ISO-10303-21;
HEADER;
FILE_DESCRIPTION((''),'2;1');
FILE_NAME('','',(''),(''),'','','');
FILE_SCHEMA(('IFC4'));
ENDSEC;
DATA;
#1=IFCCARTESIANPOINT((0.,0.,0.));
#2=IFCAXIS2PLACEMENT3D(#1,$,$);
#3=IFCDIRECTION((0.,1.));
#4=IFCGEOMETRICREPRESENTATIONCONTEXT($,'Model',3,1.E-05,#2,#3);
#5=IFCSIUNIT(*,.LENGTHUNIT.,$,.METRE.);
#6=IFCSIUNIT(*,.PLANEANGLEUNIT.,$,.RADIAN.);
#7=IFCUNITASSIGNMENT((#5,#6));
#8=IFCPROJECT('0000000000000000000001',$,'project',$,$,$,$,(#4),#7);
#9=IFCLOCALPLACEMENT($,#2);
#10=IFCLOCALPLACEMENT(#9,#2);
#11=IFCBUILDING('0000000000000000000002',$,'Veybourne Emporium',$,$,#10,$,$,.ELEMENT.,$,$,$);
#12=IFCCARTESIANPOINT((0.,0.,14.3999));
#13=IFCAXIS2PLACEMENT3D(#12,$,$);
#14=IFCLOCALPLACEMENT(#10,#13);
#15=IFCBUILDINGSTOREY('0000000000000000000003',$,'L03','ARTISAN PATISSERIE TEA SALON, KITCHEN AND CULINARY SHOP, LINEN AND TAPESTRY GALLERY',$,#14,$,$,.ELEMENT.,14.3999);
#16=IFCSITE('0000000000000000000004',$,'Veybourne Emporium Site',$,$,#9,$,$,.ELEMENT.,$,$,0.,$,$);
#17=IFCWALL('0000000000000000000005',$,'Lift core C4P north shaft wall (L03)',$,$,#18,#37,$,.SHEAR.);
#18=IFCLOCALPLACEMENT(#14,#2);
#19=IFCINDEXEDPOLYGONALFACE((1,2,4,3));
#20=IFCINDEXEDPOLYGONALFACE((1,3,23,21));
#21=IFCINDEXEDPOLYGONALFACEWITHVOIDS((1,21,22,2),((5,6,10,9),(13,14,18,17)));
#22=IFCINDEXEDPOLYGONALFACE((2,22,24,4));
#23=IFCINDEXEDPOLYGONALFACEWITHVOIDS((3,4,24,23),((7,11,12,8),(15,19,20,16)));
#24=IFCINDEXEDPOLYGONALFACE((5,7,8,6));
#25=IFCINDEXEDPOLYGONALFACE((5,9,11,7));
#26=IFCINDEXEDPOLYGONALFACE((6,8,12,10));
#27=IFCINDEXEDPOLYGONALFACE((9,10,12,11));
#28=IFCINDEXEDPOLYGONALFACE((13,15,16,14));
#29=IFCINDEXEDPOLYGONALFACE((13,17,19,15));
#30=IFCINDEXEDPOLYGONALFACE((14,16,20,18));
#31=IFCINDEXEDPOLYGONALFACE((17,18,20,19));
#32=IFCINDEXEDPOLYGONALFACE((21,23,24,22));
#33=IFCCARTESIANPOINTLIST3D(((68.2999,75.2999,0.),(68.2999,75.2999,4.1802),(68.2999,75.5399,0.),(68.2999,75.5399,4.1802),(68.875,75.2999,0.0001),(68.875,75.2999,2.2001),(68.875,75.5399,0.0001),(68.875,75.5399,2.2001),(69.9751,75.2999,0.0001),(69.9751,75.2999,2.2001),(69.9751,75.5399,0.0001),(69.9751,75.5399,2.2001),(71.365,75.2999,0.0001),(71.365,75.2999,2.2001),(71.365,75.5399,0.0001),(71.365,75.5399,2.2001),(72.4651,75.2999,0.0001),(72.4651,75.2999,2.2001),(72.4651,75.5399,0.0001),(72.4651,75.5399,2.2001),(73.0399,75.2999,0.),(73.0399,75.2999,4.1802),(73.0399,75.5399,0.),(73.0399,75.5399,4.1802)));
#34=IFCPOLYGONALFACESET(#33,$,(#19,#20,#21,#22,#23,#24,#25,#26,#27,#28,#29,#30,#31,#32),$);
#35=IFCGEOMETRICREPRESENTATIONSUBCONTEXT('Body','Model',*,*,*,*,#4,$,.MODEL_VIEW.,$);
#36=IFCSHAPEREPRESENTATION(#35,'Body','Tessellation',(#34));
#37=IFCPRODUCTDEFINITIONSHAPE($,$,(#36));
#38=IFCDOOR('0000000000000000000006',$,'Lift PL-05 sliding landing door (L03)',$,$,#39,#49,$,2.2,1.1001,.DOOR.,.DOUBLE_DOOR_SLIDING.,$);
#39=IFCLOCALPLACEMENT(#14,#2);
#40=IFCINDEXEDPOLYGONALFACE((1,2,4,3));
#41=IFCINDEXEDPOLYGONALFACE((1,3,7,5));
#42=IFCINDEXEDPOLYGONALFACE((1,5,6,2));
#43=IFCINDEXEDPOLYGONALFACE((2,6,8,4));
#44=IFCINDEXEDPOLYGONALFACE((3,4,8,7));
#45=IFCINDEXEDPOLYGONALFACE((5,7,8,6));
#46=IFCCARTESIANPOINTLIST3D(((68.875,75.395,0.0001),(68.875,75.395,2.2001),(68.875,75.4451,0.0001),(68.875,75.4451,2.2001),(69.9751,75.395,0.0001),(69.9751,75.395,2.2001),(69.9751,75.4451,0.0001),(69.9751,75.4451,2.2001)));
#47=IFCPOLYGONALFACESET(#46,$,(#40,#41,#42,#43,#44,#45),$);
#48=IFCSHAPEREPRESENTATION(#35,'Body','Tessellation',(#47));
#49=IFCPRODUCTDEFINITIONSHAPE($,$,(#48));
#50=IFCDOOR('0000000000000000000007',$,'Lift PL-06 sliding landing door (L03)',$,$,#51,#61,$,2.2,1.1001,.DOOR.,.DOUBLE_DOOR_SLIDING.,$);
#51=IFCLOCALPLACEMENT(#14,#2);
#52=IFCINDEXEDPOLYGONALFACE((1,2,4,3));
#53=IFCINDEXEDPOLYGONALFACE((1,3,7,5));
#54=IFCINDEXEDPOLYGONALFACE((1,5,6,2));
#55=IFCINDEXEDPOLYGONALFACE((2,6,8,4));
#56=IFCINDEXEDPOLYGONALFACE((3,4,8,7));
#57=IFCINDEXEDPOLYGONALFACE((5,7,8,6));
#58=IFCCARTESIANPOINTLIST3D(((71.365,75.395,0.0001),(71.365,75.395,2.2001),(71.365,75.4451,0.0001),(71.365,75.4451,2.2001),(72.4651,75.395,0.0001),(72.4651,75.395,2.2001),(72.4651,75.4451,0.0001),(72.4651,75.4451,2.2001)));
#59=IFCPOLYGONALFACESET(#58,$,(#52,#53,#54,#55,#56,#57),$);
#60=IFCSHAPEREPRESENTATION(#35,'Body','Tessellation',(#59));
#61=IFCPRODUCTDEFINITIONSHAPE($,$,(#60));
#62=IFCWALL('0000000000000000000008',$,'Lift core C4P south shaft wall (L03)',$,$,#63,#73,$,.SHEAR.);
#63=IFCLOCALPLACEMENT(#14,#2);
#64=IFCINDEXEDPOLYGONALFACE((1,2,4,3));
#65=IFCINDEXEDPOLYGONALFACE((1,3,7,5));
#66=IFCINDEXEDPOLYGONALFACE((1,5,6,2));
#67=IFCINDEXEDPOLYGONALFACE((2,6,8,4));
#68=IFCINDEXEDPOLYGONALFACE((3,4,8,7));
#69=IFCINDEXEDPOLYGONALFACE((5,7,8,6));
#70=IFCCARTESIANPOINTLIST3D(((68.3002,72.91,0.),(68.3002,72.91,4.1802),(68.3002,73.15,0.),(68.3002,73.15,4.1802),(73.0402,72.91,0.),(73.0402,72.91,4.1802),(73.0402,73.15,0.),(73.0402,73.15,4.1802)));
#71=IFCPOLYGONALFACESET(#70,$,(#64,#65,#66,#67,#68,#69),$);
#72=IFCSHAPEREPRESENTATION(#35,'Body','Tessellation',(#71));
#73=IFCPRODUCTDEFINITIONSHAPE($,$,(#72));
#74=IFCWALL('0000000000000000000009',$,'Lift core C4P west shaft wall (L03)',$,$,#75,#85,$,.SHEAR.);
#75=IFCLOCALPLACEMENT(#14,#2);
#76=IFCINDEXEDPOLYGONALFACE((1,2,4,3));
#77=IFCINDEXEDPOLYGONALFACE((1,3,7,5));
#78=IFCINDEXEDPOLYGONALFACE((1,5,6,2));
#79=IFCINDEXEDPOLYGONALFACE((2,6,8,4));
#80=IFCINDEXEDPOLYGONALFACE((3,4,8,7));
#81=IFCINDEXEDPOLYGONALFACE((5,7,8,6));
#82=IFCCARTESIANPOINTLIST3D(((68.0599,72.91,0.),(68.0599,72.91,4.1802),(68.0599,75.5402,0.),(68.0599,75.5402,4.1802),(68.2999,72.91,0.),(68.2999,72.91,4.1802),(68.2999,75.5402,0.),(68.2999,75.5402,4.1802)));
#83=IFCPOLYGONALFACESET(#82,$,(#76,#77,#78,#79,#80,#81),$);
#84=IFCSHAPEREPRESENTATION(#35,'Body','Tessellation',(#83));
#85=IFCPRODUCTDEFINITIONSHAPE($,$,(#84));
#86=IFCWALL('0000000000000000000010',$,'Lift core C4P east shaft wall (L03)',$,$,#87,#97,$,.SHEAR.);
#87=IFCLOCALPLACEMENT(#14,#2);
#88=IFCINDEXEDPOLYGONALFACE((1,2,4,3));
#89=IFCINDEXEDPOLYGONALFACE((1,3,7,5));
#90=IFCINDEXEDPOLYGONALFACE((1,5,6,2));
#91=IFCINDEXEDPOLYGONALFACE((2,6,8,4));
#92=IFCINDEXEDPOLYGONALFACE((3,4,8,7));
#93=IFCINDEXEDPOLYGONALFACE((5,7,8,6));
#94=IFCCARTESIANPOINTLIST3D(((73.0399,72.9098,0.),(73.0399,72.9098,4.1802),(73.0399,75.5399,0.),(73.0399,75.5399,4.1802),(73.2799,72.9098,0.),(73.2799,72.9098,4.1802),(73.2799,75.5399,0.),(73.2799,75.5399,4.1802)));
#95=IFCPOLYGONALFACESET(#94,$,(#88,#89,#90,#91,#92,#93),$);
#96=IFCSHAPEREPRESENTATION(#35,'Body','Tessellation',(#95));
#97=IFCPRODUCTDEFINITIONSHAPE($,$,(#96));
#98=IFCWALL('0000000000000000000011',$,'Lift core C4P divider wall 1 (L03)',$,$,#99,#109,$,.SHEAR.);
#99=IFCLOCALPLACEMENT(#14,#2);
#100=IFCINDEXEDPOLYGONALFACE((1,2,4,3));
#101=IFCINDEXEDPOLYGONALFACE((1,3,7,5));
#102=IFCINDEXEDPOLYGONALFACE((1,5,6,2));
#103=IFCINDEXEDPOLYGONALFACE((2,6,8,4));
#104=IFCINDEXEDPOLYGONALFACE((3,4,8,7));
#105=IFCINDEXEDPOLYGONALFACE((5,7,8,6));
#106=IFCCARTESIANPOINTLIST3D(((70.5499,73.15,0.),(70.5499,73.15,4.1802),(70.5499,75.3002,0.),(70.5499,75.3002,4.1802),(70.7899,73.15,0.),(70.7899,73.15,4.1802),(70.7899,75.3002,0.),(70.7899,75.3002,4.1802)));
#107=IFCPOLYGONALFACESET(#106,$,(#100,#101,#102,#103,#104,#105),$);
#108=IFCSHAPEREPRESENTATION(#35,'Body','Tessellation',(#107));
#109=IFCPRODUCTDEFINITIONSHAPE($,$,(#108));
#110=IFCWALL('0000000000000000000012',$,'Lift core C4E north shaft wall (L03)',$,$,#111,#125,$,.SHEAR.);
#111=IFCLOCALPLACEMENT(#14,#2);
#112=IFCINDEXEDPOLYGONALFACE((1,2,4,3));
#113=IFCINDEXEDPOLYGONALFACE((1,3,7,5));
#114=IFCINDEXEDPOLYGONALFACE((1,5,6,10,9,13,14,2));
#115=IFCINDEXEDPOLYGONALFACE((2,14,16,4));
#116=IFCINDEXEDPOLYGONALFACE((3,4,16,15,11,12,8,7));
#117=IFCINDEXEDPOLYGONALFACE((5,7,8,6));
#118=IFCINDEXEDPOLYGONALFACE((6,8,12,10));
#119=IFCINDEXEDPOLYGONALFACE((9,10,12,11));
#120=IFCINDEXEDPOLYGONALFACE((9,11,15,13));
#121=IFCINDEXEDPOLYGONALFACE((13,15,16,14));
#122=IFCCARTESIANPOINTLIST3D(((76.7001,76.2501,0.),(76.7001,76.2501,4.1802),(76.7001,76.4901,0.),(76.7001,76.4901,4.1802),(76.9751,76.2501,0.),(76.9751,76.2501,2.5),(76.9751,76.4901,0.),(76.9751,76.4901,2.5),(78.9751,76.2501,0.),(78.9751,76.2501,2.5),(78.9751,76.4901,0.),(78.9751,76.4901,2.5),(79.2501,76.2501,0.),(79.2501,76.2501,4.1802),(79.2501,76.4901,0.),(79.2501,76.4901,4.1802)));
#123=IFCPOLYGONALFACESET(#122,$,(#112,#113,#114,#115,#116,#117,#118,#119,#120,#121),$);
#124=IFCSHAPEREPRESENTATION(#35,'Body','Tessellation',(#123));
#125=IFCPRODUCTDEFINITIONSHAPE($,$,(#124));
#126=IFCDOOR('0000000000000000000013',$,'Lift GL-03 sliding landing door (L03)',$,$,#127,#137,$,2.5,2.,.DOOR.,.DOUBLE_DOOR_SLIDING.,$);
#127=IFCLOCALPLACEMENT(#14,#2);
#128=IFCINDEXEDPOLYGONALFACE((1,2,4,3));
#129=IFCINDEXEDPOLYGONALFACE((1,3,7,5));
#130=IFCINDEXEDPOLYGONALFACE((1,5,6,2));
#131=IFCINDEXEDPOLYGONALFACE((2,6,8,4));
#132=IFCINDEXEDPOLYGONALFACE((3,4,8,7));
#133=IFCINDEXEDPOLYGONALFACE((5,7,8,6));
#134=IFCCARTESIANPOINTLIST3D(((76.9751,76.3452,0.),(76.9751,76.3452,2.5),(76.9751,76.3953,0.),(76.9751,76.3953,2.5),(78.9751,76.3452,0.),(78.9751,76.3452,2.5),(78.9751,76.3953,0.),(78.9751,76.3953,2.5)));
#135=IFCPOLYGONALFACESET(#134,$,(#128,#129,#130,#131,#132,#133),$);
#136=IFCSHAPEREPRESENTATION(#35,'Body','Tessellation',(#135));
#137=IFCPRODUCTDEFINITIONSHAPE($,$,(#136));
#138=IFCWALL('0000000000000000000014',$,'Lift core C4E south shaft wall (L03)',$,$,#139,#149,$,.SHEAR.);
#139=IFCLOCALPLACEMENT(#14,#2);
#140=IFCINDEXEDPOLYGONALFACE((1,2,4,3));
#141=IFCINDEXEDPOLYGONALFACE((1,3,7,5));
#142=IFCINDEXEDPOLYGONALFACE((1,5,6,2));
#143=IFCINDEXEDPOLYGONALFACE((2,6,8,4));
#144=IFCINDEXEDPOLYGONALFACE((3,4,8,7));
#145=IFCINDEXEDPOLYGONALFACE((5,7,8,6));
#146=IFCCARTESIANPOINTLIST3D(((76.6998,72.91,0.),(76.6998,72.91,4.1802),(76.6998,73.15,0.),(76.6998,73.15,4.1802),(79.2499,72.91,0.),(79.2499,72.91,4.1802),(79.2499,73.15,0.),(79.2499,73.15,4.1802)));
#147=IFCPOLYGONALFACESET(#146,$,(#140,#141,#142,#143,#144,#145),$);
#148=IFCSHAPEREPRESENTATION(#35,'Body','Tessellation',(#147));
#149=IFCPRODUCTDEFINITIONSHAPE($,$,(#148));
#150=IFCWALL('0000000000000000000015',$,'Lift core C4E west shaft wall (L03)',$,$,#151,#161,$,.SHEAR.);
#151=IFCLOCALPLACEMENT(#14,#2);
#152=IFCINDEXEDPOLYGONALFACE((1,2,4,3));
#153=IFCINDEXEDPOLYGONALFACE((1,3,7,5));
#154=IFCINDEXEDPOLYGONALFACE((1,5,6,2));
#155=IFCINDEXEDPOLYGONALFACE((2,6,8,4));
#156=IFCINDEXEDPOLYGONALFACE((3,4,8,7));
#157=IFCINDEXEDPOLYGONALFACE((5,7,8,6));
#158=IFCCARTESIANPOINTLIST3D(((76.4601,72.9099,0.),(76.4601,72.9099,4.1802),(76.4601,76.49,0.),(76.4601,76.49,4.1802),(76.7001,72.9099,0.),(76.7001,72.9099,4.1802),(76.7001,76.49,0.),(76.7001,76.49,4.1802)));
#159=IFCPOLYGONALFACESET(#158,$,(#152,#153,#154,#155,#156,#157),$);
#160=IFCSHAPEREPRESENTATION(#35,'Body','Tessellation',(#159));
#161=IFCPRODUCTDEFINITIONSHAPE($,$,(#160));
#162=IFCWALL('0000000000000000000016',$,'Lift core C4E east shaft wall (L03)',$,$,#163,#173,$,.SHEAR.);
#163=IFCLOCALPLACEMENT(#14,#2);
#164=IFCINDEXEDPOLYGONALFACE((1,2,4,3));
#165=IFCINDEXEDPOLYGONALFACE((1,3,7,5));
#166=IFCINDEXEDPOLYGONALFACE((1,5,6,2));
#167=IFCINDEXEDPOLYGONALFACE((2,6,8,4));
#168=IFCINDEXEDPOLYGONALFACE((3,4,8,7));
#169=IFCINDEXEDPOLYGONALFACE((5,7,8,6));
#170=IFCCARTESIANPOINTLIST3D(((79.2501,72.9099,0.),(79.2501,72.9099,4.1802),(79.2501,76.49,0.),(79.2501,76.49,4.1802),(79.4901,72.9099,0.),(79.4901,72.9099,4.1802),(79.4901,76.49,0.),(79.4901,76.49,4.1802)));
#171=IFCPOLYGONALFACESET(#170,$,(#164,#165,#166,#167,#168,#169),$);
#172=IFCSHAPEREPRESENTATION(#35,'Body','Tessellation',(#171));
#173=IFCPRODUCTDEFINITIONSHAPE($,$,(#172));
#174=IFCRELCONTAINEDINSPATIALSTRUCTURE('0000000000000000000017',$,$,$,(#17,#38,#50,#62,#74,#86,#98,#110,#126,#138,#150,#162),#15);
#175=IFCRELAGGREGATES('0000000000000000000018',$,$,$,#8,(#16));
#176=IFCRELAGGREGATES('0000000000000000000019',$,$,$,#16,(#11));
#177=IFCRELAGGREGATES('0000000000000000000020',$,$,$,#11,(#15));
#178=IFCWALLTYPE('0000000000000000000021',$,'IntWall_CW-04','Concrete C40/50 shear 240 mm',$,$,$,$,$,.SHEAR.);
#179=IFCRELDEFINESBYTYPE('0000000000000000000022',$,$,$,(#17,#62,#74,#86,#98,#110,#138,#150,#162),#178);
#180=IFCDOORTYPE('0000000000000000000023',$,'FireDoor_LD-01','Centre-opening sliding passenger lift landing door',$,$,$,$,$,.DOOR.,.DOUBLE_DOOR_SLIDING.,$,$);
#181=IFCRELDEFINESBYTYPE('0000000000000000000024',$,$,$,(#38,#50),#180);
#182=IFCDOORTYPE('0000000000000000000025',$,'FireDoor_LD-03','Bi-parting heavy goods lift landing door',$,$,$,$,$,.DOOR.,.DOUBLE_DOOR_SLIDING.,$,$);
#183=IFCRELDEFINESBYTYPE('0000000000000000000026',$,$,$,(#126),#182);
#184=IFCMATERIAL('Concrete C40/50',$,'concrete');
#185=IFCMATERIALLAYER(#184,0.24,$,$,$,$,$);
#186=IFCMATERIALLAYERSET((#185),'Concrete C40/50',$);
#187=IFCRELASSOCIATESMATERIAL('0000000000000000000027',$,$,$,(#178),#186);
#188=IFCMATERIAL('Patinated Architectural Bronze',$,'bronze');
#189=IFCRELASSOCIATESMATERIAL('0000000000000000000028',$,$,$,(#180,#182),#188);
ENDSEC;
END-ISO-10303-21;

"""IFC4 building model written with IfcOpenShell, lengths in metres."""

from ifc_helpers import new_model, si_unit, direction, frame, frame_2d, origin, place, context, subcontext, project, spatial, rectangle, extrude, material, layer, layer_set, type_object, element, fill, save


model = new_model("IFC4")

# Units and contexts
model_context = context("Model", 3, precision=1e-05, world=origin(), true_north=direction((0.0, 1.0)))
body_context = subcontext(model_context, "Body", "Model", "MODEL_VIEW")
ifc_project = project(units=[si_unit("LENGTHUNIT", "METRE"), si_unit("PLANEANGLEUNIT", "RADIAN")], contexts=[model_context])

# Site, building, storey
site_placement = place(None, origin())
site = spatial("IfcSite", under=ifc_project, at=site_placement, Name="Veybourne Emporium Site", CompositionType="ELEMENT", RefElevation=0.0)
building_placement = place(site_placement, origin())
building = spatial("IfcBuilding", under=site, at=building_placement, Name="Veybourne Emporium", CompositionType="ELEMENT")
storey_placement = place(building_placement, frame((0.0, 0.0, 14.3999)))
storey = spatial("IfcBuildingStorey", under=building, at=storey_placement, Name="L03", Description="ARTISAN PATISSERIE TEA SALON, KITCHEN AND CULINARY SHOP, LINEN AND TAPESTRY GALLERY", CompositionType="ELEMENT", Elevation=14.3999)

# Wall, openings, doors
ifc_material_1 = material(Name="Concrete C40/50", Category="concrete")
ifc_layer_1 = layer(ifc_material_1, 0.24)
ifc_layer_set_1 = layer_set([ifc_layer_1], Name="Concrete C40/50")
wall_type_1 = type_object("IfcWallType", Name="IntWall_CW-04", Description="Concrete C40/50 shear 240 mm", PredefinedType="SHEAR", material=ifc_layer_set_1)
wall_1_placement = place(storey_placement, frame((73.04, 75.4199, 0.0), z_axis=(0.0, 0.0, 1.0), x_axis=(-1.0, 0.0, 0.0)))
wall_1 = element("IfcWall", 1, at=wall_1_placement, inside=storey, type_object=wall_type_1, Name="Lift core C4P north shaft wall (L03)", PredefinedType="SHEAR", context=body_context, shape_type="SweptSolid", body=[
    extrude(rectangle(XDim=4.74, YDim=0.24, at=frame_2d((2.3701, 0.0))), origin(), (0.0, 0.0, 1.0), 4.1802),
])
opening_1_placement = place(wall_1_placement, frame((3.0649, 0.0, 0.0)))
opening_1 = element("IfcOpeningElement", 2, at=opening_1_placement, cuts=wall_1, PredefinedType="OPENING", context=body_context, shape_type="SweptSolid", body=[
    extrude(rectangle(XDim=1.1001, YDim=2.2, at=frame_2d((0.55, 1.1001))), frame((0.0, 0.1401, 0.0), z_axis=(0.0, -1.0, 0.0), x_axis=(1.0, 0.0, 0.0)), (0.0, 0.0, 1.0), 0.28),
])
opening_2_placement = place(wall_1_placement, frame((0.575, 0.0, 0.0)))
opening_2 = element("IfcOpeningElement", 3, at=opening_2_placement, cuts=wall_1, PredefinedType="OPENING", context=body_context, shape_type="SweptSolid", body=[
    extrude(rectangle(XDim=1.1001, YDim=2.2, at=frame_2d((0.55, 1.1001))), frame((0.0, 0.1401, 0.0), z_axis=(0.0, -1.0, 0.0), x_axis=(1.0, 0.0, 0.0)), (0.0, 0.0, 1.0), 0.28),
])
ifc_material_2 = material(Name="Patinated Architectural Bronze", Category="bronze")
door_type_1 = type_object("IfcDoorType", Name="FireDoor_LD-01", Description="Centre-opening sliding passenger lift landing door", OperationType="DOUBLE_DOOR_SLIDING", PredefinedType="DOOR", material=ifc_material_2)
door_1_placement = place(opening_1_placement, origin())
door_1 = element("IfcDoor", 4, at=door_1_placement, inside=storey, type_object=door_type_1, Name="Lift PL-05 sliding landing door (L03)", OperationType="DOUBLE_DOOR_SLIDING", OverallHeight=2.2, OverallWidth=1.1001, PredefinedType="DOOR", context=body_context, shape_type="SweptSolid", body=[
    extrude(rectangle(XDim=1.1001, YDim=2.2, at=frame_2d((0.55, 1.1001))), frame((0.0, 0.0249, 0.0), z_axis=(0.0, -1.0, 0.0), x_axis=(1.0, 0.0, 0.0)), (0.0, 0.0, 1.0), 0.05),
])
fill(opening_1, door_1)
door_2_placement = place(opening_2_placement, origin())
door_2 = element("IfcDoor", 5, at=door_2_placement, inside=storey, type_object=door_type_1, Name="Lift PL-06 sliding landing door (L03)", OperationType="DOUBLE_DOOR_SLIDING", OverallHeight=2.2, OverallWidth=1.1001, PredefinedType="DOOR", context=body_context, shape_type="SweptSolid", body=[
    extrude(rectangle(XDim=1.1001, YDim=2.2, at=frame_2d((0.55, 1.1001))), frame((0.0, 0.0249, 0.0), z_axis=(0.0, -1.0, 0.0), x_axis=(1.0, 0.0, 0.0)), (0.0, 0.0, 1.0), 0.05),
])
fill(opening_2, door_2)

# Walls
wall_2_placement = place(storey_placement, frame((68.3, 73.03, 0.0), z_axis=(0.0, 0.0, 1.0), x_axis=(1.0, 0.0, 0.0)))
element("IfcWall", 6, at=wall_2_placement, inside=storey, type_object=wall_type_1, Name="Lift core C4P south shaft wall (L03)", PredefinedType="SHEAR", context=body_context, shape_type="SweptSolid", body=[
    extrude(rectangle(XDim=4.74, YDim=0.24, at=frame_2d((2.3701, 0.0))), origin(), (0.0, 0.0, 1.0), 4.1802),
])
for number, where, z_axis, x_axis, name in (
    (7, (68.1799, 75.54, 0.0), (0.0, 0.0, 1.0), (0.0, -1.0, 0.0), "Lift core C4P west shaft wall (L03)"),
    (8, (73.1599, 72.9099, 0.0), (0.0, 0.0, 1.0), (0.0, 1.0, 0.0), "Lift core C4P east shaft wall (L03)"),
):
    element("IfcWall", number, at=place(storey_placement, frame(where, z_axis=z_axis, x_axis=x_axis)), inside=storey, type_object=wall_type_1, Name=name, PredefinedType="SHEAR", context=body_context, shape_type="SweptSolid", body=[
        extrude(rectangle(XDim=2.6301, YDim=0.24, at=frame_2d((1.3149, 0.0))), origin(), (0.0, 0.0, 1.0), 4.1802),
    ])
wall_3_placement = place(storey_placement, frame((70.6699, 73.1499, 0.0), z_axis=(0.0, 0.0, 1.0), x_axis=(0.0, 1.0, 0.0)))
element("IfcWall", 9, at=wall_3_placement, inside=storey, type_object=wall_type_1, Name="Lift core C4P divider wall 1 (L03)", PredefinedType="SHEAR", context=body_context, shape_type="SweptSolid", body=[
    extrude(rectangle(XDim=2.1501, YDim=0.24, at=frame_2d((1.0752, 0.0))), origin(), (0.0, 0.0, 1.0), 4.1802),
])

# Wall, opening, door
wall_4_placement = place(storey_placement, frame((79.25, 76.3701, 0.0), z_axis=(0.0, 0.0, 1.0), x_axis=(-1.0, 0.0, 0.0)))
wall_4 = element("IfcWall", 10, at=wall_4_placement, inside=storey, type_object=wall_type_1, Name="Lift core C4E north shaft wall (L03)", PredefinedType="SHEAR", context=body_context, shape_type="SweptSolid", body=[
    extrude(rectangle(XDim=2.55, YDim=0.24, at=frame_2d((1.2749, 0.0))), origin(), (0.0, 0.0, 1.0), 4.1802),
])
opening_3_placement = place(wall_4_placement, frame((0.2749, 0.0, 0.0)))
opening_3 = element("IfcOpeningElement", 11, at=opening_3_placement, cuts=wall_4, PredefinedType="OPENING", context=body_context, shape_type="SweptSolid", body=[
    extrude(rectangle(XDim=2.0, YDim=2.5, at=frame_2d((1.0, 1.25))), frame((0.0, 0.1401, 0.0), z_axis=(0.0, -1.0, 0.0), x_axis=(1.0, 0.0, 0.0)), (0.0, 0.0, 1.0), 0.28),
])
door_type_2 = type_object("IfcDoorType", Name="FireDoor_LD-03", Description="Bi-parting heavy goods lift landing door", OperationType="DOUBLE_DOOR_SLIDING", PredefinedType="DOOR", material=ifc_material_2)
door_3_placement = place(opening_3_placement, origin())
door_3 = element("IfcDoor", 12, at=door_3_placement, inside=storey, type_object=door_type_2, Name="Lift GL-03 sliding landing door (L03)", OperationType="DOUBLE_DOOR_SLIDING", OverallHeight=2.5, OverallWidth=2.0, PredefinedType="DOOR", context=body_context, shape_type="SweptSolid", body=[
    extrude(rectangle(XDim=2.0, YDim=2.5, at=frame_2d((1.0, 1.25))), frame((0.0, 0.0249, 0.0), z_axis=(0.0, -1.0, 0.0), x_axis=(1.0, 0.0, 0.0)), (0.0, 0.0, 1.0), 0.05),
])
fill(opening_3, door_3)

# Walls
wall_5_placement = place(storey_placement, frame((76.7, 73.03, 0.0), z_axis=(0.0, 0.0, 1.0), x_axis=(1.0, 0.0, 0.0)))
element("IfcWall", 13, at=wall_5_placement, inside=storey, type_object=wall_type_1, Name="Lift core C4E south shaft wall (L03)", PredefinedType="SHEAR", context=body_context, shape_type="SweptSolid", body=[
    extrude(rectangle(XDim=2.55, YDim=0.24, at=frame_2d((1.2749, 0.0))), origin(), (0.0, 0.0, 1.0), 4.1802),
])
for number, where, z_axis, x_axis, name in (
    (14, (76.5801, 76.49, 0.0), (0.0, 0.0, 1.0), (0.0, -1.0, 0.0), "Lift core C4E west shaft wall (L03)"),
    (15, (79.3701, 72.9099, 0.0), (0.0, 0.0, 1.0), (0.0, 1.0, 0.0), "Lift core C4E east shaft wall (L03)"),
):
    element("IfcWall", number, at=place(storey_placement, frame(where, z_axis=z_axis, x_axis=x_axis)), inside=storey, type_object=wall_type_1, Name=name, PredefinedType="SHEAR", context=body_context, shape_type="SweptSolid", body=[
        extrude(rectangle(XDim=3.5801, YDim=0.24, at=frame_2d((1.79, 0.0))), origin(), (0.0, 0.0, 1.0), 4.1802),
    ])

save(model, "model.ifc")
